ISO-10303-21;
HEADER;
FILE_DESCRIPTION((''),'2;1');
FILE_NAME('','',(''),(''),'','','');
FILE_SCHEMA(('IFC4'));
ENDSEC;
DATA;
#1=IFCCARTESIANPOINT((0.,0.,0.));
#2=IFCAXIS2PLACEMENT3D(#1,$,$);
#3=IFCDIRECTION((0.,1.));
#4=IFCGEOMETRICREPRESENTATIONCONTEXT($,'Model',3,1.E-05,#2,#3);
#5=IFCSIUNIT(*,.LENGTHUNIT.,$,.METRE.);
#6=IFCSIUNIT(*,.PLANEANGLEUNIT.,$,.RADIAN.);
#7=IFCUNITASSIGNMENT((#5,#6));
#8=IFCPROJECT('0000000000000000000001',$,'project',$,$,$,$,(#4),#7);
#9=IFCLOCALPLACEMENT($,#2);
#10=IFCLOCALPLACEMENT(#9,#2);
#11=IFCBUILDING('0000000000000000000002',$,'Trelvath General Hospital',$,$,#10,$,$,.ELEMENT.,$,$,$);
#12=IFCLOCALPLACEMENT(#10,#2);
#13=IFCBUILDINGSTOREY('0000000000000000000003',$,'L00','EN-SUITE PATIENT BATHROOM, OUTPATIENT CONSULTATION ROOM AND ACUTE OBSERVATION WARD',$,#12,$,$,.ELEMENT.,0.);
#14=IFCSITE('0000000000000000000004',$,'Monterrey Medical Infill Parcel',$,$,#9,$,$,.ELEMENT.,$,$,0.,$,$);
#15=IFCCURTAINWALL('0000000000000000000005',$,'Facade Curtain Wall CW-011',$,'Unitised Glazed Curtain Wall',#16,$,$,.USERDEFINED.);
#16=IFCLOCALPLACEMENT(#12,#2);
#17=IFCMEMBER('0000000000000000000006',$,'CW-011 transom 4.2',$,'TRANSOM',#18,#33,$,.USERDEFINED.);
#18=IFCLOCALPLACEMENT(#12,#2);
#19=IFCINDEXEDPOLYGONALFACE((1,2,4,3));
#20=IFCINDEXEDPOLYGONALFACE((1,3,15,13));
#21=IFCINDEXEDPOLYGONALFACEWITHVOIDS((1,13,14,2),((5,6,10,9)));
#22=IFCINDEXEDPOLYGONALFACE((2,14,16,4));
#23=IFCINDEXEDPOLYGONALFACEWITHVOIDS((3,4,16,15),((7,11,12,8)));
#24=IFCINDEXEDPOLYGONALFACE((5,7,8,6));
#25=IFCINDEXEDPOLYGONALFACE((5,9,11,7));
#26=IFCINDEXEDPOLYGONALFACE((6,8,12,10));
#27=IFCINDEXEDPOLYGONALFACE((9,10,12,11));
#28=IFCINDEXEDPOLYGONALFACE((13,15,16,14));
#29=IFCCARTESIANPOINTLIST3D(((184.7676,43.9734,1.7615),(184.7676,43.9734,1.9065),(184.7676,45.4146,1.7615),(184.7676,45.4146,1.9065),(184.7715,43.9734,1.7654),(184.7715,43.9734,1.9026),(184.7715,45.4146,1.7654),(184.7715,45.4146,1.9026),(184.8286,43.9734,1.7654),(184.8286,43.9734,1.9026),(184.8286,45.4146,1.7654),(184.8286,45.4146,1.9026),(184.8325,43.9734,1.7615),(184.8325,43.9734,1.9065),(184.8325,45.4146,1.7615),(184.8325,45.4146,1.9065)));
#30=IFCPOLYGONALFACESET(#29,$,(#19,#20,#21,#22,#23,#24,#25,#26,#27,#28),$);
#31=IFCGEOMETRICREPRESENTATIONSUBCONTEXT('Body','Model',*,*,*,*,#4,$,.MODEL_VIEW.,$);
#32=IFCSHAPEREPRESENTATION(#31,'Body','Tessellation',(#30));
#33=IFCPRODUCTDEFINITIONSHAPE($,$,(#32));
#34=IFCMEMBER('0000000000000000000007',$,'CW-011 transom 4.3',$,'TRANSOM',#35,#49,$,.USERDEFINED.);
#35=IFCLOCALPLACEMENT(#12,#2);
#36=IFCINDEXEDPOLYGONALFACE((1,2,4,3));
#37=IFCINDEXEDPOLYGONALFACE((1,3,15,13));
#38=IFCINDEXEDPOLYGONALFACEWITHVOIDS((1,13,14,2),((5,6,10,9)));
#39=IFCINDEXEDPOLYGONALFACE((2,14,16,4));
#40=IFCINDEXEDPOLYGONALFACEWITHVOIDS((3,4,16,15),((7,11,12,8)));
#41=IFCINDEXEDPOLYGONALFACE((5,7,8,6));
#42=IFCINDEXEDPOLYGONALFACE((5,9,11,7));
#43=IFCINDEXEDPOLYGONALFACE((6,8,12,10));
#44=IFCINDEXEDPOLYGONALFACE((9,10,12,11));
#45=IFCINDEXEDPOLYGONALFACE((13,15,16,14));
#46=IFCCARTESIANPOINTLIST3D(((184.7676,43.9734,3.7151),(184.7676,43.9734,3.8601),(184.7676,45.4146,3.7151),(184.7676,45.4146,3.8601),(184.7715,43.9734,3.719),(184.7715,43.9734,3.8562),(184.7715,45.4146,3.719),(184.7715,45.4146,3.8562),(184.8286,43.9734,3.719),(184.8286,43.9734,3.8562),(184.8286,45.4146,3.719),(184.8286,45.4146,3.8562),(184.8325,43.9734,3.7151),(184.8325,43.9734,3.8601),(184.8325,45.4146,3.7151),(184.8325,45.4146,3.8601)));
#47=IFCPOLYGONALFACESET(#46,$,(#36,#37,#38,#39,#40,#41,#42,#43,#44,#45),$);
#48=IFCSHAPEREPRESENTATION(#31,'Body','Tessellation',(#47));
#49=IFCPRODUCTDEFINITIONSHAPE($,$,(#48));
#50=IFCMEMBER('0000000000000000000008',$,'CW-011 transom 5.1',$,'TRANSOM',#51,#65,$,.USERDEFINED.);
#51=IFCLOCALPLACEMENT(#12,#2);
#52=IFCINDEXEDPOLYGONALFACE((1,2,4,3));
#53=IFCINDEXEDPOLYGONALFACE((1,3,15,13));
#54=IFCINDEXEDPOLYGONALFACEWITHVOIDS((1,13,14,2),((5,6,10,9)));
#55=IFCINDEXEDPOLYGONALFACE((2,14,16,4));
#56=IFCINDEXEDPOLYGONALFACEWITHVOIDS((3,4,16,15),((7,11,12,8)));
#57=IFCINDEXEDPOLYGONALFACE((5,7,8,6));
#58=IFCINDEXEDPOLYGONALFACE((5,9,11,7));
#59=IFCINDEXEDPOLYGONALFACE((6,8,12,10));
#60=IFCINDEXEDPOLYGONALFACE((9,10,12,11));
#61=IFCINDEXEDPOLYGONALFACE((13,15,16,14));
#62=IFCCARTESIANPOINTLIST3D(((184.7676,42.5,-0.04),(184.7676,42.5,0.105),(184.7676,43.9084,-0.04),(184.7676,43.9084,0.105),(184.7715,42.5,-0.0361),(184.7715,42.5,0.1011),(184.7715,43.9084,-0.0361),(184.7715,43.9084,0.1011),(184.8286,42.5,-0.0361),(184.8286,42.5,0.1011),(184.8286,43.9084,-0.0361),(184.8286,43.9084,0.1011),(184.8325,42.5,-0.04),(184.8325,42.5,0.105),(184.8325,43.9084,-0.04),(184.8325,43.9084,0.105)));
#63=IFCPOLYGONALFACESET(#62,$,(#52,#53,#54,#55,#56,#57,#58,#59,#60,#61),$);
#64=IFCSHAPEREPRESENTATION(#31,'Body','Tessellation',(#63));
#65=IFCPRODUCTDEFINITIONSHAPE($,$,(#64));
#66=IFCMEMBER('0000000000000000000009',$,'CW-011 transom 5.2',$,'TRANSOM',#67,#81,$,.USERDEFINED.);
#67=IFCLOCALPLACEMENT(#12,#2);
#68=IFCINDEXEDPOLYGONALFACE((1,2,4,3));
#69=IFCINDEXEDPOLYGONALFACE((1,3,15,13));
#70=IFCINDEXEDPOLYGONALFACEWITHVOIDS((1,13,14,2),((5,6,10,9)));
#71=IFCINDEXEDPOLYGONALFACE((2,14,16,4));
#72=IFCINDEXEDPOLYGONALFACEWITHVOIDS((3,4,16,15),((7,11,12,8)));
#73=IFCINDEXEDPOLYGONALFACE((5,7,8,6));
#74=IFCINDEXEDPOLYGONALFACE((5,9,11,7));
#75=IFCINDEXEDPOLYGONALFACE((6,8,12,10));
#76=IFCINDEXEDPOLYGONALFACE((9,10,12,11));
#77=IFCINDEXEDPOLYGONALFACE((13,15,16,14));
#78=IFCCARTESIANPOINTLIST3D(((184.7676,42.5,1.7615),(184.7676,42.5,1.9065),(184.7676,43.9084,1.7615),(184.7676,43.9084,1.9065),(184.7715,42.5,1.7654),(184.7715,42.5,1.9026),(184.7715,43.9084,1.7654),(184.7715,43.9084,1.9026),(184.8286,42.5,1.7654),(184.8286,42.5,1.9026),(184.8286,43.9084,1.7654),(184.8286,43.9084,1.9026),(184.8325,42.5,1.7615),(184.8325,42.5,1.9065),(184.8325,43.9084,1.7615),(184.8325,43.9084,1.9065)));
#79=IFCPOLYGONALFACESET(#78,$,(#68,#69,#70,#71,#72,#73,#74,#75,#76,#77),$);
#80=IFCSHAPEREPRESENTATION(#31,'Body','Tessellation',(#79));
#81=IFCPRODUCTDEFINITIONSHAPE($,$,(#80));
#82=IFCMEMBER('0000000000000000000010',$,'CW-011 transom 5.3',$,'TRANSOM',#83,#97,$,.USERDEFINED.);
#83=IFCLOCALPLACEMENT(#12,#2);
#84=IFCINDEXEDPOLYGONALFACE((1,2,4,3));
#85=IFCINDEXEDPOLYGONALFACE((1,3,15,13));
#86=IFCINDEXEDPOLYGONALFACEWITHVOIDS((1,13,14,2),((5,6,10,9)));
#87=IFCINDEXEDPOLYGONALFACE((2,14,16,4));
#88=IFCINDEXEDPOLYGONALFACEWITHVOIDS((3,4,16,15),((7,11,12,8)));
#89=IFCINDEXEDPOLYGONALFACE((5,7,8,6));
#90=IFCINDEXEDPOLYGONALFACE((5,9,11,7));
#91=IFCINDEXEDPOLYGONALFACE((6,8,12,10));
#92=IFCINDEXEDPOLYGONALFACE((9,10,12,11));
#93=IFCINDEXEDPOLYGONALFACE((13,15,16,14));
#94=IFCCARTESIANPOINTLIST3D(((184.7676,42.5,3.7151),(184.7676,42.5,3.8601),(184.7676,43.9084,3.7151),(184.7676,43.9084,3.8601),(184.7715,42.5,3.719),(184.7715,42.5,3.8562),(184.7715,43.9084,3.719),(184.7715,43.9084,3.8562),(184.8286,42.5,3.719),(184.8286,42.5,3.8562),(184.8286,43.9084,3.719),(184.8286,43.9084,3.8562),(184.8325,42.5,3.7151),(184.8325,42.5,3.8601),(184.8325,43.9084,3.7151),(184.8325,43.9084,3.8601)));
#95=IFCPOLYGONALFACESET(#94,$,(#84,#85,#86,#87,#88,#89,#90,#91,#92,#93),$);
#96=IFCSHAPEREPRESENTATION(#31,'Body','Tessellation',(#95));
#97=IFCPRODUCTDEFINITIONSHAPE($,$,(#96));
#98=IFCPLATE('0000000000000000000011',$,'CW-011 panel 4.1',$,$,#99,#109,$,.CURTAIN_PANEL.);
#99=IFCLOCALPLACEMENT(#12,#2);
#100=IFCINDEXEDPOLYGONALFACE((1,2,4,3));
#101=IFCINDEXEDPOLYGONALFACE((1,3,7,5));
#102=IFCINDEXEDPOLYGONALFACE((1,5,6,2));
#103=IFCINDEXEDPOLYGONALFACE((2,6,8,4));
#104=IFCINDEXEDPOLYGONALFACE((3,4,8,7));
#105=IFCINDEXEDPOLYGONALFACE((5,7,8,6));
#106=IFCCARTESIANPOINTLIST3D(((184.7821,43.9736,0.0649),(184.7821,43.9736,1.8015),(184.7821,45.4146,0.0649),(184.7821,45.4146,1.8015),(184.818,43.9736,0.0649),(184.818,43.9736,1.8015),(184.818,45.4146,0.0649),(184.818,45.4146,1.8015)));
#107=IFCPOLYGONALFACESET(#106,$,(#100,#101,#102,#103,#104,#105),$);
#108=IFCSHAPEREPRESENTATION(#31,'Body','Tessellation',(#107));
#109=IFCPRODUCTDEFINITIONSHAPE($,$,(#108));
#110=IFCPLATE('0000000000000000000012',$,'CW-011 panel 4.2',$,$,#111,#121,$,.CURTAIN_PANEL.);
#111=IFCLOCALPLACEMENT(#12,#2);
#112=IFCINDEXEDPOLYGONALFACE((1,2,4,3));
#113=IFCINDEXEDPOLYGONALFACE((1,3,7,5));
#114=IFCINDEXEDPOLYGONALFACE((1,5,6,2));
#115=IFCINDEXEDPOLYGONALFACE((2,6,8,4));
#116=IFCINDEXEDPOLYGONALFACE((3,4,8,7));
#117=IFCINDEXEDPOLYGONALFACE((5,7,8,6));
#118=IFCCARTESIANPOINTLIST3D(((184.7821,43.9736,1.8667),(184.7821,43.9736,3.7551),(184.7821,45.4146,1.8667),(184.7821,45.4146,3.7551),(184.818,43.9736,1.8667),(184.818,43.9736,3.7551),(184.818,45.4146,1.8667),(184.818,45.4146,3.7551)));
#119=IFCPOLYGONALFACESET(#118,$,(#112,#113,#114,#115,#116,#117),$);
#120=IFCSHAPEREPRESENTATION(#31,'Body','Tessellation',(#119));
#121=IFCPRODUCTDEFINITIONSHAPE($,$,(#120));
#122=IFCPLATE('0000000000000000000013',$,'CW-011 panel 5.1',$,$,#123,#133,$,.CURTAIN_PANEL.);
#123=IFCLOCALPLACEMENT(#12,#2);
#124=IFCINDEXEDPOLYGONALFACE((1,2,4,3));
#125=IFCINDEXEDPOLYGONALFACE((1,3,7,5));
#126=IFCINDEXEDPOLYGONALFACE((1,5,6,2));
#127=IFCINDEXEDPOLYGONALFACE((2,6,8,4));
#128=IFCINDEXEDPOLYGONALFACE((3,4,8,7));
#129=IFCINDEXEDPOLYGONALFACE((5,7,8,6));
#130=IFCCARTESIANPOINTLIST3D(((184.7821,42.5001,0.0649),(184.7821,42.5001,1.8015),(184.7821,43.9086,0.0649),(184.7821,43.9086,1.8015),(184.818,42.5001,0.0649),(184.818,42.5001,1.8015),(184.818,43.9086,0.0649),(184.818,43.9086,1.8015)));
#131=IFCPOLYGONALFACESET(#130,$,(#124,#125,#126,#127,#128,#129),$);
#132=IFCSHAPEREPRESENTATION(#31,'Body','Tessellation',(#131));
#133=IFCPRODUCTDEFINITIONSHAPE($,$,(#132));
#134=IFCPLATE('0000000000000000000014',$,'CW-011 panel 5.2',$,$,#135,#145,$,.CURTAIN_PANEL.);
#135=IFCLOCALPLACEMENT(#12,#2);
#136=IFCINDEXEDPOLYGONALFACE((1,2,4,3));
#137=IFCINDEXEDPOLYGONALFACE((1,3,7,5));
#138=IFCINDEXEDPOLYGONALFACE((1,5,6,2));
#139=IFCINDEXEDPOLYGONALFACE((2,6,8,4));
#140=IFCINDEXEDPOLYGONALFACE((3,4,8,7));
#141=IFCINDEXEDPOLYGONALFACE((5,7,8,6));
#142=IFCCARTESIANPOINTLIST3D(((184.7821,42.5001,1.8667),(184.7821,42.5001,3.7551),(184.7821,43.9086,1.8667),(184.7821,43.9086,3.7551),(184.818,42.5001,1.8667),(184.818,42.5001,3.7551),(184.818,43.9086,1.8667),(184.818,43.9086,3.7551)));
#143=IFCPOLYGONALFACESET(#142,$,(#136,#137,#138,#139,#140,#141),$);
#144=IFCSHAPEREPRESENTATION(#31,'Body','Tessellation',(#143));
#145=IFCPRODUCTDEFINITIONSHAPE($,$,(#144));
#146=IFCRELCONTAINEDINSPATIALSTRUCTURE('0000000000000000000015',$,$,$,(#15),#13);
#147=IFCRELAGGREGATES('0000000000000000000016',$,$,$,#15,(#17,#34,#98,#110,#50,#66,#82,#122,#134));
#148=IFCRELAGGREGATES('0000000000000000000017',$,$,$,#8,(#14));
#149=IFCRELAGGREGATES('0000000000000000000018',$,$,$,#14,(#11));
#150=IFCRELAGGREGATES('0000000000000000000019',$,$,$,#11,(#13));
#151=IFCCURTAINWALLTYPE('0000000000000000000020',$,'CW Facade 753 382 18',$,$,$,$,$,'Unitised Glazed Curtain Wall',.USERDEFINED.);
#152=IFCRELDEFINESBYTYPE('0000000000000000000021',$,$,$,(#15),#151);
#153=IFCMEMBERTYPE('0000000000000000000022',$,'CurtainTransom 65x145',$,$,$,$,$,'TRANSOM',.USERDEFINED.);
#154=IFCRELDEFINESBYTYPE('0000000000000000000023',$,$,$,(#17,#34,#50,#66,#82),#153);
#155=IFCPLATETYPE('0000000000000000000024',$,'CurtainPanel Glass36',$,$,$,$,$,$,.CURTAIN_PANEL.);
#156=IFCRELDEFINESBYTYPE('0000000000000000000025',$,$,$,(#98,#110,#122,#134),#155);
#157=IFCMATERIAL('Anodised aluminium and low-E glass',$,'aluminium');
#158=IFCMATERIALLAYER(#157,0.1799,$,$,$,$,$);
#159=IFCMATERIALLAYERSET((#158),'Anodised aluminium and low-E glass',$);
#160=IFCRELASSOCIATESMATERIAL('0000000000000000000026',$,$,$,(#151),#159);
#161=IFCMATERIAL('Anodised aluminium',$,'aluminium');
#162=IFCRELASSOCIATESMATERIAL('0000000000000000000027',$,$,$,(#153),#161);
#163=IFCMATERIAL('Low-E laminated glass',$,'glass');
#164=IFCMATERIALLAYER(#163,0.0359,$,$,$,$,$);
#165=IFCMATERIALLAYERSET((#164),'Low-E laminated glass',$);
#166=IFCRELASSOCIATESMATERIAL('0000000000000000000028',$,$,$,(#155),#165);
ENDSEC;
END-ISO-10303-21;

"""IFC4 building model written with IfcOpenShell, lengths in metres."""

from ifc_helpers import new_model, si_unit, direction, frame, origin, origin_2d, place, context, subcontext, project, spatial, rectangle, hollow_rectangle, extrude, material, layer, layer_set, material_profile, profile_set, type_object, element, aggregate, save


model = new_model("IFC4")

# Units and contexts
model_context = context("Model", 3, precision=1e-05, world=origin(), true_north=direction((0.0, 1.0)))
body_context = subcontext(model_context, "Body", "Model", "MODEL_VIEW")
ifc_project = project(units=[si_unit("LENGTHUNIT", "METRE"), si_unit("PLANEANGLEUNIT", "RADIAN")], contexts=[model_context])

# Site, building, storey
site_placement = place(None, origin())
site = spatial("IfcSite", under=ifc_project, at=site_placement, Name="Monterrey Medical Infill Parcel", CompositionType="ELEMENT", RefElevation=0.0)
building_placement = place(site_placement, origin())
building = spatial("IfcBuilding", under=site, at=building_placement, Name="Trelvath General Hospital", CompositionType="ELEMENT")
storey_placement = place(building_placement, origin())
storey = spatial("IfcBuildingStorey", under=building, at=storey_placement, Name="L00", Description="EN-SUITE PATIENT BATHROOM, OUTPATIENT CONSULTATION ROOM AND ACUTE OBSERVATION WARD", CompositionType="ELEMENT", Elevation=0.0)

# Shared definitions
ifc_material_1 = material(Name="Anodised aluminium and low-E glass", Category="aluminium")
ifc_layer_1 = layer(ifc_material_1, 0.1799)
ifc_layer_set_1 = layer_set([ifc_layer_1], Name="Anodised aluminium and low-E glass")
curtain_wall_type = type_object("IfcCurtainWallType", Name="CW Facade 753 382 18", ElementType="Unitised Glazed Curtain Wall", PredefinedType="USERDEFINED", material=ifc_layer_set_1)

# Curtain wall, members, plates
curtain_wall_1_placement = place(storey_placement, origin())
curtain_wall_1 = element("IfcCurtainWall", 1, at=curtain_wall_1_placement, inside=storey, type_object=curtain_wall_type, Name="Facade Curtain Wall CW-011", ObjectType="Unitised Glazed Curtain Wall", PredefinedType="USERDEFINED")
ifc_material_2 = material(Name="Anodised aluminium", Category="aluminium")
ifc_material_profile_1 = material_profile(ifc_material_2, hollow_rectangle(XDim=0.0649, YDim=0.145, WallThickness=0.0039, at=origin_2d()), Name="RHS65x145x4")
ifc_profile_set_1 = profile_set([ifc_material_profile_1], Name="Anodised aluminium")
member_type_1 = type_object("IfcMemberType", Name="CurtainTransom 65x145", ElementType="TRANSOM", PredefinedType="USERDEFINED", material=ifc_profile_set_1)
member_1_placement = place(storey_placement, frame((184.8, 45.4146, 1.834), z_axis=(0.0, -1.0, 0.0), x_axis=(1.0, 0.0, 0.0)))
member_1 = element("IfcMember", 2, at=member_1_placement, type_object=member_type_1, Name="CW-011 transom 4.2", ObjectType="TRANSOM", PredefinedType="USERDEFINED", context=body_context, shape_type="SweptSolid", body=[
    extrude(hollow_rectangle(XDim=0.0649, YDim=0.145, WallThickness=0.0039, at=origin_2d()), origin(), (0.0, 0.0, 1.0), 1.4412),
])
member_2_placement = place(storey_placement, frame((184.8, 45.4146, 3.7876), z_axis=(0.0, -1.0, 0.0), x_axis=(1.0, 0.0, 0.0)))
member_2 = element("IfcMember", 3, at=member_2_placement, type_object=member_type_1, Name="CW-011 transom 4.3", ObjectType="TRANSOM", PredefinedType="USERDEFINED", context=body_context, shape_type="SweptSolid", body=[
    extrude(hollow_rectangle(XDim=0.0649, YDim=0.145, WallThickness=0.0039, at=origin_2d()), origin(), (0.0, 0.0, 1.0), 1.4412),
])
member_3_placement = place(storey_placement, frame((184.8, 43.9084, 0.0325), z_axis=(0.0, -1.0, 0.0), x_axis=(1.0, 0.0, 0.0)))
member_3 = element("IfcMember", 4, at=member_3_placement, type_object=member_type_1, Name="CW-011 transom 5.1", ObjectType="TRANSOM", PredefinedType="USERDEFINED", context=body_context, shape_type="SweptSolid", body=[
    extrude(hollow_rectangle(XDim=0.0649, YDim=0.145, WallThickness=0.0039, at=origin_2d()), origin(), (0.0, 0.0, 1.0), 1.4084),
])
member_4_placement = place(storey_placement, frame((184.8, 43.9084, 1.834), z_axis=(0.0, -1.0, 0.0), x_axis=(1.0, 0.0, 0.0)))
member_4 = element("IfcMember", 5, at=member_4_placement, type_object=member_type_1, Name="CW-011 transom 5.2", ObjectType="TRANSOM", PredefinedType="USERDEFINED", context=body_context, shape_type="SweptSolid", body=[
    extrude(hollow_rectangle(XDim=0.0649, YDim=0.145, WallThickness=0.0039, at=origin_2d()), origin(), (0.0, 0.0, 1.0), 1.4084),
])
member_5_placement = place(storey_placement, frame((184.8, 43.9084, 3.7876), z_axis=(0.0, -1.0, 0.0), x_axis=(1.0, 0.0, 0.0)))
member_5 = element("IfcMember", 6, at=member_5_placement, type_object=member_type_1, Name="CW-011 transom 5.3", ObjectType="TRANSOM", PredefinedType="USERDEFINED", context=body_context, shape_type="SweptSolid", body=[
    extrude(hollow_rectangle(XDim=0.0649, YDim=0.145, WallThickness=0.0039, at=origin_2d()), origin(), (0.0, 0.0, 1.0), 1.4084),
])
ifc_material_3 = material(Name="Low-E laminated glass", Category="glass")
ifc_layer_2 = layer(ifc_material_3, 0.0359)
ifc_layer_set_2 = layer_set([ifc_layer_2], Name="Low-E laminated glass")
plate_type = type_object("IfcPlateType", Name="CurtainPanel Glass36", PredefinedType="CURTAIN_PANEL", material=ifc_layer_set_2)
plate_1_placement = place(storey_placement, frame((184.8, 44.6941, 0.0649), z_axis=(0.0, 0.0, 1.0), x_axis=(0.0, -1.0, 0.0)))
plate_1 = element("IfcPlate", 7, at=plate_1_placement, type_object=plate_type, Name="CW-011 panel 4.1", PredefinedType="CURTAIN_PANEL", context=body_context, shape_type="SweptSolid", body=[
    extrude(rectangle(XDim=1.4409, YDim=0.0359, at=origin_2d()), origin(), (0.0, 0.0, 1.0), 1.7366),
])
plate_2_placement = place(storey_placement, frame((184.8, 44.6941, 1.8667), z_axis=(0.0, 0.0, 1.0), x_axis=(0.0, -1.0, 0.0)))
plate_2 = element("IfcPlate", 8, at=plate_2_placement, type_object=plate_type, Name="CW-011 panel 4.2", PredefinedType="CURTAIN_PANEL", context=body_context, shape_type="SweptSolid", body=[
    extrude(rectangle(XDim=1.4409, YDim=0.0359, at=origin_2d()), origin(), (0.0, 0.0, 1.0), 1.8884),
])
plate_3_placement = place(storey_placement, frame((184.8, 43.2043, 0.0649), z_axis=(0.0, 0.0, 1.0), x_axis=(0.0, -1.0, 0.0)))
plate_3 = element("IfcPlate", 9, at=plate_3_placement, type_object=plate_type, Name="CW-011 panel 5.1", PredefinedType="CURTAIN_PANEL", context=body_context, shape_type="SweptSolid", body=[
    extrude(rectangle(XDim=1.4084, YDim=0.0359, at=origin_2d()), origin(), (0.0, 0.0, 1.0), 1.7366),
])
plate_4_placement = place(storey_placement, frame((184.8, 43.2043, 1.8667), z_axis=(0.0, 0.0, 1.0), x_axis=(0.0, -1.0, 0.0)))
plate_4 = element("IfcPlate", 10, at=plate_4_placement, type_object=plate_type, Name="CW-011 panel 5.2", PredefinedType="CURTAIN_PANEL", context=body_context, shape_type="SweptSolid", body=[
    extrude(rectangle(XDim=1.4084, YDim=0.0359, at=origin_2d()), origin(), (0.0, 0.0, 1.0), 1.8884),
])
aggregate(curtain_wall_1, [member_1, member_2, plate_1, plate_2, member_3, member_4, member_5, plate_3, plate_4])

save(model, "model.ifc")
